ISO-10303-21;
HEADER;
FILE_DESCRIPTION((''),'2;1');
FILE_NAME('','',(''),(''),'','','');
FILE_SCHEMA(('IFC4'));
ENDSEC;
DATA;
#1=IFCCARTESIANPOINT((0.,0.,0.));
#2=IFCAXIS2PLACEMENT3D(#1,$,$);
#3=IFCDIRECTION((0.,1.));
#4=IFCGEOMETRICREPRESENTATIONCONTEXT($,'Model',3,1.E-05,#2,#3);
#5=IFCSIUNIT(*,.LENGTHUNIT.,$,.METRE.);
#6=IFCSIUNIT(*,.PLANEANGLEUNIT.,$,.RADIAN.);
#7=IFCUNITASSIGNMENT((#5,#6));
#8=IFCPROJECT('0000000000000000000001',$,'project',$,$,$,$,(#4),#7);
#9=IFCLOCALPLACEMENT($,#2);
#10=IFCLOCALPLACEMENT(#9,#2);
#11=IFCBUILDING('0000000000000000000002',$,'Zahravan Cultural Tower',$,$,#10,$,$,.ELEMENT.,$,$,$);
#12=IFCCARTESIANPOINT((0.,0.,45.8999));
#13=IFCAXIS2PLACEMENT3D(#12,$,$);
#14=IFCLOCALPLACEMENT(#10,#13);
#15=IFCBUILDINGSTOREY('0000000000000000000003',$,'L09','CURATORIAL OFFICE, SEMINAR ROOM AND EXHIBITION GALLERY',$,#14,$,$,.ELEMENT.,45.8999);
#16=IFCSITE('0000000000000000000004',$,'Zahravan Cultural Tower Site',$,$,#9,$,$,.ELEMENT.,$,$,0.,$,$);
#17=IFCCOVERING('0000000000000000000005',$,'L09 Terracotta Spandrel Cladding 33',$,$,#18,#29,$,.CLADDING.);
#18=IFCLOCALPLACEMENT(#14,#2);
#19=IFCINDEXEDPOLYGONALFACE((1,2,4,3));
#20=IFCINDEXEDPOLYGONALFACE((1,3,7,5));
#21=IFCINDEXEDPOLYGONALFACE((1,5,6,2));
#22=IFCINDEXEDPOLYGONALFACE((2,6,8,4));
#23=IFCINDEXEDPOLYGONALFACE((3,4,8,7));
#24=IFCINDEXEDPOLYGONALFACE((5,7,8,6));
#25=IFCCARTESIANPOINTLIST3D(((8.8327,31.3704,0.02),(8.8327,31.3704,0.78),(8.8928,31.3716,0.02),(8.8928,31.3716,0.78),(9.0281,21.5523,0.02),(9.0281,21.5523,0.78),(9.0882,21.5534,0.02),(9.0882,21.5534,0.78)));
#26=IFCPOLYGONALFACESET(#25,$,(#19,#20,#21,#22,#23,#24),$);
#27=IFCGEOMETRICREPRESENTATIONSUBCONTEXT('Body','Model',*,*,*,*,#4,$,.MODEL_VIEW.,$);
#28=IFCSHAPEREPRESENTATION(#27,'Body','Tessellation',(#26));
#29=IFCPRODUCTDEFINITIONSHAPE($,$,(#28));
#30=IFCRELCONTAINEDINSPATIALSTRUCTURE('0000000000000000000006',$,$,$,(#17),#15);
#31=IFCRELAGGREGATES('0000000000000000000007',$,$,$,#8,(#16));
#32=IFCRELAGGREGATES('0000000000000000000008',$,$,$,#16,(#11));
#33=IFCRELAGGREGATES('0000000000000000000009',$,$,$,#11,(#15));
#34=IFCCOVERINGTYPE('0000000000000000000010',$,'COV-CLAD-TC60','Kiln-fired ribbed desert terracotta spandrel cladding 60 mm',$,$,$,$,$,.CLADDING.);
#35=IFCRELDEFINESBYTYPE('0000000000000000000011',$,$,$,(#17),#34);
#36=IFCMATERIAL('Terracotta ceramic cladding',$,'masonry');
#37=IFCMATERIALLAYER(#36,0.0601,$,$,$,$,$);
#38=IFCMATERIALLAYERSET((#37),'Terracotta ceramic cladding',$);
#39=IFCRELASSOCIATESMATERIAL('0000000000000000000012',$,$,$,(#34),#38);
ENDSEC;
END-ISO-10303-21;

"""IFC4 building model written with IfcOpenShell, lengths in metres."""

from ifc_helpers import new_model, si_unit, direction, frame, origin, origin_2d, place, context, subcontext, project, spatial, rectangle, extrude, source, transform, mapped, material, layer, layer_set, type_object, element, save


model = new_model("IFC4")

# Units and contexts
model_context = context("Model", 3, precision=1e-05, world=origin(), true_north=direction((0.0, 1.0)))
body_context = subcontext(model_context, "Body", "Model", "MODEL_VIEW")
ifc_project = project(units=[si_unit("LENGTHUNIT", "METRE"), si_unit("PLANEANGLEUNIT", "RADIAN")], contexts=[model_context])

# Site, building, storey
site_placement = place(None, origin())
site = spatial("IfcSite", under=ifc_project, at=site_placement, Name="Zahravan Cultural Tower Site", CompositionType="ELEMENT", RefElevation=0.0)
building_placement = place(site_placement, origin())
building = spatial("IfcBuilding", under=site, at=building_placement, Name="Zahravan Cultural Tower", CompositionType="ELEMENT")
storey_placement = place(building_placement, frame((0.0, 0.0, 45.8999)))
storey = spatial("IfcBuildingStorey", under=building, at=storey_placement, Name="L09", Description="CURATORIAL OFFICE, SEMINAR ROOM AND EXHIBITION GALLERY", CompositionType="ELEMENT", Elevation=45.8999)

# Covering
ifc_material_1 = material(Name="Terracotta ceramic cladding", Category="masonry")
ifc_layer_1 = layer(ifc_material_1, 0.0601)
ifc_layer_set_1 = layer_set([ifc_layer_1], Name="Terracotta ceramic cladding")
covering_type = type_object("IfcCoveringType", Name="COV-CLAD-TC60", Description="Kiln-fired ribbed desert terracotta spandrel cladding 60 mm", PredefinedType="CLADDING", material=ifc_layer_set_1)
shared_shape_1 = source(origin(), body_context, "Body", "SweptSolid", [
    extrude(rectangle(XDim=9.8201, YDim=0.0601, at=origin_2d()), origin(), (0.0, 0.0, 1.0), 0.76),
])
covering_placement = place(storey_placement, frame((8.9604, 26.4619, 0.02), z_axis=(0.0, 0.0, 1.0), x_axis=(-0.019895, 0.999802, 0.0)))
element("IfcCovering", 1, at=covering_placement, inside=storey, type_object=covering_type, Name="L09 Terracotta Spandrel Cladding 33", PredefinedType="CLADDING", context=body_context, shape_type="MappedRepresentation", body=[
    mapped(shared_shape_1, transform((0.0, 0.0, 0.0), x_axis=(1.0, 0.0, 0.0), y_axis=(0.0, 1.0, 0.0), z_axis=(0.0, 0.0, 1.0), scale=1.0)),
])

save(model, "model.ifc")
